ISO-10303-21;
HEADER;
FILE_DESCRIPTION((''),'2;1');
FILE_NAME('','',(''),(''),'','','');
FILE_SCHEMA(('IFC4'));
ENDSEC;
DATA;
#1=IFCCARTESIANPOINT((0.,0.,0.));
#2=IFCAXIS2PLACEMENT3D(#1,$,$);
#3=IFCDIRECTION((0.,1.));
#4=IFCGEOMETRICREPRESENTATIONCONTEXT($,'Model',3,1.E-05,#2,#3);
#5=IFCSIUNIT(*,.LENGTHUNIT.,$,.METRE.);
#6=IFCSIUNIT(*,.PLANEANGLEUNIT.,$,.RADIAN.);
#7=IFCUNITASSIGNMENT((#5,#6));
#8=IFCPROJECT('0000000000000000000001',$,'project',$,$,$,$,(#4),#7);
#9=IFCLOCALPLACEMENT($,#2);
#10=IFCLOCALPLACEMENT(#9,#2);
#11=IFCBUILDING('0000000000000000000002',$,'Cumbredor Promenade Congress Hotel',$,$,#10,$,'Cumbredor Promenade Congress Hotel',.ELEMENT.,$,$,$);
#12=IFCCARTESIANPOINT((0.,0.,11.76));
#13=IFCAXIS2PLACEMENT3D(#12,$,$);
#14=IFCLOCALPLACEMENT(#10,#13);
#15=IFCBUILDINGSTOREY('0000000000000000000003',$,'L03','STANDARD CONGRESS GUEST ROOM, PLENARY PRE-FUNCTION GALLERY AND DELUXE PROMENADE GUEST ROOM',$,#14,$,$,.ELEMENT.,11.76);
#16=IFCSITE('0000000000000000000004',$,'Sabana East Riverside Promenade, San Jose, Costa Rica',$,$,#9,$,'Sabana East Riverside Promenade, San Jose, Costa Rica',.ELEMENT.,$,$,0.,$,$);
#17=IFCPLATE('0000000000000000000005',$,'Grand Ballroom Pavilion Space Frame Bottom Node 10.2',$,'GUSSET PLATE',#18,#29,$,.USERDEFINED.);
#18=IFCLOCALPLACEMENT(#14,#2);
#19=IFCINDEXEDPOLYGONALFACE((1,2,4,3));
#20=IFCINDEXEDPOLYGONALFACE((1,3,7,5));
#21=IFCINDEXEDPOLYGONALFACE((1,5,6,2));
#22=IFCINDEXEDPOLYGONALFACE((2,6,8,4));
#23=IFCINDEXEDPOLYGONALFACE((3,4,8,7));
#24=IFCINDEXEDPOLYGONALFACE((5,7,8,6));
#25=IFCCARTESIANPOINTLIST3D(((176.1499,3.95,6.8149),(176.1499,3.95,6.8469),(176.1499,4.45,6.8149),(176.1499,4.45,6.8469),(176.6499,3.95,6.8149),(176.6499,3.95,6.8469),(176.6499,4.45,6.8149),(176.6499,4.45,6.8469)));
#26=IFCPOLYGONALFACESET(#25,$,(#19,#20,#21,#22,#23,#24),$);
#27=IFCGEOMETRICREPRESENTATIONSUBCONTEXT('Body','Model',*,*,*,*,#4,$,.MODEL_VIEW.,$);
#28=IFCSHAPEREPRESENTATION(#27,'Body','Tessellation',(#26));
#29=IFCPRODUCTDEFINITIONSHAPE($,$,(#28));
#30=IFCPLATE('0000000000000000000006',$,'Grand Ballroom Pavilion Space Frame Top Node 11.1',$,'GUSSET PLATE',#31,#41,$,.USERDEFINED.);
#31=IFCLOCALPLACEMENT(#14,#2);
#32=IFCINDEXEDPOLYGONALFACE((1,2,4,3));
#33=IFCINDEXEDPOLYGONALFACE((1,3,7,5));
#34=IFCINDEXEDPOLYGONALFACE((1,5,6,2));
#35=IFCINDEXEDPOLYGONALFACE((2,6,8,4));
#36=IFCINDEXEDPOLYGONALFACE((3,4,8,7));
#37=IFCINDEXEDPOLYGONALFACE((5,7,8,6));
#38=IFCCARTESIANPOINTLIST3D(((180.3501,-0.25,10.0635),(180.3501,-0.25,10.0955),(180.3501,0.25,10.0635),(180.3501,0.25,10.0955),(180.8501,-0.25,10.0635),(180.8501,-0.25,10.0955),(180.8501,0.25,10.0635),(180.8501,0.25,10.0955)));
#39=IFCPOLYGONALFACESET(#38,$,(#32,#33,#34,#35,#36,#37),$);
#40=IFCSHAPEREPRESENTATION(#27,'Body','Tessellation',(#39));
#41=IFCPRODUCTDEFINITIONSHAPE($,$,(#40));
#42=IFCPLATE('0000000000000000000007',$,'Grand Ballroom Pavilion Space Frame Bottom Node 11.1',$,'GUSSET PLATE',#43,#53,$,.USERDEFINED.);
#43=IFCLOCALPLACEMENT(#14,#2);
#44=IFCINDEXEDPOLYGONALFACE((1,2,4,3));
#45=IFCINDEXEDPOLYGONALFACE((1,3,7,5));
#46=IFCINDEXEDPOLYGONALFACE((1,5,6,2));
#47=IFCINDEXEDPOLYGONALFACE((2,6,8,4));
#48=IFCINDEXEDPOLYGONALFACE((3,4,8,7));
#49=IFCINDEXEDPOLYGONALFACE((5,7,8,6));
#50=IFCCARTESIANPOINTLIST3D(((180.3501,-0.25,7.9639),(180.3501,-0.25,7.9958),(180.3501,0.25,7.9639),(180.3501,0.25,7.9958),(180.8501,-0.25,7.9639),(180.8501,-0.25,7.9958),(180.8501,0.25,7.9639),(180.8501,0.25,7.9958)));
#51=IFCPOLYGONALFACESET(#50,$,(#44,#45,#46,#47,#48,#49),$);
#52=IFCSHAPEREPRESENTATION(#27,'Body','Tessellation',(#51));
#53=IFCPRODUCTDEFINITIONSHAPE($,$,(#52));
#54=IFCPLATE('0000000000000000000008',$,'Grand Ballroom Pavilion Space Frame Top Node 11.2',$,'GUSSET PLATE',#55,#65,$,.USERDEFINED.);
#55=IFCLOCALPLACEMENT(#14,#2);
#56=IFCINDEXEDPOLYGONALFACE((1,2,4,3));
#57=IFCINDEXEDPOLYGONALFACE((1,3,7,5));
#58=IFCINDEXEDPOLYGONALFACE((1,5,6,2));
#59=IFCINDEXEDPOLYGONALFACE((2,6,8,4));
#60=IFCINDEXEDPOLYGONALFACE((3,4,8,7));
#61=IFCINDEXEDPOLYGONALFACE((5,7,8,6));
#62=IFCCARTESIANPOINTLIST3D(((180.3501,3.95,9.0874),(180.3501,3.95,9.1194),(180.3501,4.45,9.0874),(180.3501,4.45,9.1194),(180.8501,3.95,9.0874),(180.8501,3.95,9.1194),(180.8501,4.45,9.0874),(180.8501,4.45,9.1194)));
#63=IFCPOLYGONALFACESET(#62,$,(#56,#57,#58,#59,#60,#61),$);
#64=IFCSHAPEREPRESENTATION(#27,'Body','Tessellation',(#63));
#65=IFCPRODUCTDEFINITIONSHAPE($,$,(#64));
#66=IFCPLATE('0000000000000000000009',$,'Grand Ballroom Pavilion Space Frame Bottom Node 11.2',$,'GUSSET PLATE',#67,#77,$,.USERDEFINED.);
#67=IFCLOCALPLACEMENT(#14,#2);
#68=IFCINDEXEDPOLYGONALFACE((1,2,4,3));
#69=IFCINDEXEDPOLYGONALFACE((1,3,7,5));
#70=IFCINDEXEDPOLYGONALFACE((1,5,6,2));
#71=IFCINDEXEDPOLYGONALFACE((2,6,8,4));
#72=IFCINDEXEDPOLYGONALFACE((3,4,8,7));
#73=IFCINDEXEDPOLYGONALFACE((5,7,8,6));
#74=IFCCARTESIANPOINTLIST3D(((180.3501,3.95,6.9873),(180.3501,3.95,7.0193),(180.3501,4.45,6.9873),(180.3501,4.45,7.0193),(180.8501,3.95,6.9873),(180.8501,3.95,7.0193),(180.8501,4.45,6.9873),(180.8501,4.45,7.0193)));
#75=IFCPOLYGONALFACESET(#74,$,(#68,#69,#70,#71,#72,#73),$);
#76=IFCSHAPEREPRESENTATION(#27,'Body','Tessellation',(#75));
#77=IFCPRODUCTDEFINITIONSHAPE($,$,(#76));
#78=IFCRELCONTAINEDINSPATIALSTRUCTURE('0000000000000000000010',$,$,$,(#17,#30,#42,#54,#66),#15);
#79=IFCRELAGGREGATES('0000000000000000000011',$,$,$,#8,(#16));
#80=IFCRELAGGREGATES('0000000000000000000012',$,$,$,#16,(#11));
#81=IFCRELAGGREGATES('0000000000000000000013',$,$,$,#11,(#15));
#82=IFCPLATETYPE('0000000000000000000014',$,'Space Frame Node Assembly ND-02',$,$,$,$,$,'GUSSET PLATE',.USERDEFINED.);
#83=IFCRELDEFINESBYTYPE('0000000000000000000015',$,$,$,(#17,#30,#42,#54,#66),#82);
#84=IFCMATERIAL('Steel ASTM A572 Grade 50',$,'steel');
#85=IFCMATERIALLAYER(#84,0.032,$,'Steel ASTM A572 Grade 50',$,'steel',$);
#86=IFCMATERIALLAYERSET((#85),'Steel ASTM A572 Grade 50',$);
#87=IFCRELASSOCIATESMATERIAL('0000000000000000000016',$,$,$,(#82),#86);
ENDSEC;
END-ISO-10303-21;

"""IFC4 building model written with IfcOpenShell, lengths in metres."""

from ifc_helpers import new_model, si_unit, direction, frame, origin, origin_2d, place, context, subcontext, project, spatial, rectangle, extrude, material, layer, layer_set, type_object, element, save


model = new_model("IFC4")

# Units and contexts
model_context = context("Model", 3, precision=1e-05, world=origin(), true_north=direction((0.0, 1.0)))
body_context = subcontext(model_context, "Body", "Model", "MODEL_VIEW")
ifc_project = project(units=[si_unit("LENGTHUNIT", "METRE"), si_unit("PLANEANGLEUNIT", "RADIAN")], contexts=[model_context])

# Site, building, storey
site_placement = place(None, origin())
site = spatial("IfcSite", under=ifc_project, at=site_placement, Name="Sabana East Riverside Promenade, San Jose, Costa Rica", LongName="Sabana East Riverside Promenade, San Jose, Costa Rica", CompositionType="ELEMENT", RefElevation=0.0)
building_placement = place(site_placement, origin())
building = spatial("IfcBuilding", under=site, at=building_placement, Name="Cumbredor Promenade Congress Hotel", LongName="Cumbredor Promenade Congress Hotel", CompositionType="ELEMENT")
storey_placement = place(building_placement, frame((0.0, 0.0, 11.76)))
storey = spatial("IfcBuildingStorey", under=building, at=storey_placement, Name="L03", Description="STANDARD CONGRESS GUEST ROOM, PLENARY PRE-FUNCTION GALLERY AND DELUXE PROMENADE GUEST ROOM", CompositionType="ELEMENT", Elevation=11.76)

# Plates
ifc_material_1 = material(Name="Steel ASTM A572 Grade 50", Category="steel")
ifc_layer = layer(ifc_material_1, 0.032, Name="Steel ASTM A572 Grade 50", Category="steel")
ifc_layer_set = layer_set([ifc_layer], Name="Steel ASTM A572 Grade 50")
plate_type = type_object("IfcPlateType", Name="Space Frame Node Assembly ND-02", ElementType="GUSSET PLATE", PredefinedType="USERDEFINED", material=ifc_layer_set)
for number, where, z_axis, x_axis, name in (
    (1, (176.3999, 4.2, 6.8149), (0.0, 0.0, 1.0), (1.0, 0.0, 0.0), "Grand Ballroom Pavilion Space Frame Bottom Node 10.2"),
    (2, (180.6001, 0.0, 10.0635), (0.0, 0.0, 1.0), (1.0, 0.0, 0.0), "Grand Ballroom Pavilion Space Frame Top Node 11.1"),
    (3, (180.6001, 0.0, 7.9639), (0.0, 0.0, 1.0), (1.0, 0.0, 0.0), "Grand Ballroom Pavilion Space Frame Bottom Node 11.1"),
    (4, (180.6001, 4.2, 9.0874), (0.0, 0.0, 1.0), (1.0, 0.0, 0.0), "Grand Ballroom Pavilion Space Frame Top Node 11.2"),
    (5, (180.6001, 4.2, 6.9873), (0.0, 0.0, 1.0), (1.0, 0.0, 0.0), "Grand Ballroom Pavilion Space Frame Bottom Node 11.2"),
):
    element("IfcPlate", number, at=place(storey_placement, frame(where, z_axis=z_axis, x_axis=x_axis)), inside=storey, type_object=plate_type, Name=name, ObjectType="GUSSET PLATE", PredefinedType="USERDEFINED", context=body_context, shape_type="SweptSolid", body=[
        extrude(rectangle(XDim=0.5, YDim=0.5, at=origin_2d()), origin(), (0.0, 0.0, 1.0), 0.032),
    ])

save(model, "model.ifc")
